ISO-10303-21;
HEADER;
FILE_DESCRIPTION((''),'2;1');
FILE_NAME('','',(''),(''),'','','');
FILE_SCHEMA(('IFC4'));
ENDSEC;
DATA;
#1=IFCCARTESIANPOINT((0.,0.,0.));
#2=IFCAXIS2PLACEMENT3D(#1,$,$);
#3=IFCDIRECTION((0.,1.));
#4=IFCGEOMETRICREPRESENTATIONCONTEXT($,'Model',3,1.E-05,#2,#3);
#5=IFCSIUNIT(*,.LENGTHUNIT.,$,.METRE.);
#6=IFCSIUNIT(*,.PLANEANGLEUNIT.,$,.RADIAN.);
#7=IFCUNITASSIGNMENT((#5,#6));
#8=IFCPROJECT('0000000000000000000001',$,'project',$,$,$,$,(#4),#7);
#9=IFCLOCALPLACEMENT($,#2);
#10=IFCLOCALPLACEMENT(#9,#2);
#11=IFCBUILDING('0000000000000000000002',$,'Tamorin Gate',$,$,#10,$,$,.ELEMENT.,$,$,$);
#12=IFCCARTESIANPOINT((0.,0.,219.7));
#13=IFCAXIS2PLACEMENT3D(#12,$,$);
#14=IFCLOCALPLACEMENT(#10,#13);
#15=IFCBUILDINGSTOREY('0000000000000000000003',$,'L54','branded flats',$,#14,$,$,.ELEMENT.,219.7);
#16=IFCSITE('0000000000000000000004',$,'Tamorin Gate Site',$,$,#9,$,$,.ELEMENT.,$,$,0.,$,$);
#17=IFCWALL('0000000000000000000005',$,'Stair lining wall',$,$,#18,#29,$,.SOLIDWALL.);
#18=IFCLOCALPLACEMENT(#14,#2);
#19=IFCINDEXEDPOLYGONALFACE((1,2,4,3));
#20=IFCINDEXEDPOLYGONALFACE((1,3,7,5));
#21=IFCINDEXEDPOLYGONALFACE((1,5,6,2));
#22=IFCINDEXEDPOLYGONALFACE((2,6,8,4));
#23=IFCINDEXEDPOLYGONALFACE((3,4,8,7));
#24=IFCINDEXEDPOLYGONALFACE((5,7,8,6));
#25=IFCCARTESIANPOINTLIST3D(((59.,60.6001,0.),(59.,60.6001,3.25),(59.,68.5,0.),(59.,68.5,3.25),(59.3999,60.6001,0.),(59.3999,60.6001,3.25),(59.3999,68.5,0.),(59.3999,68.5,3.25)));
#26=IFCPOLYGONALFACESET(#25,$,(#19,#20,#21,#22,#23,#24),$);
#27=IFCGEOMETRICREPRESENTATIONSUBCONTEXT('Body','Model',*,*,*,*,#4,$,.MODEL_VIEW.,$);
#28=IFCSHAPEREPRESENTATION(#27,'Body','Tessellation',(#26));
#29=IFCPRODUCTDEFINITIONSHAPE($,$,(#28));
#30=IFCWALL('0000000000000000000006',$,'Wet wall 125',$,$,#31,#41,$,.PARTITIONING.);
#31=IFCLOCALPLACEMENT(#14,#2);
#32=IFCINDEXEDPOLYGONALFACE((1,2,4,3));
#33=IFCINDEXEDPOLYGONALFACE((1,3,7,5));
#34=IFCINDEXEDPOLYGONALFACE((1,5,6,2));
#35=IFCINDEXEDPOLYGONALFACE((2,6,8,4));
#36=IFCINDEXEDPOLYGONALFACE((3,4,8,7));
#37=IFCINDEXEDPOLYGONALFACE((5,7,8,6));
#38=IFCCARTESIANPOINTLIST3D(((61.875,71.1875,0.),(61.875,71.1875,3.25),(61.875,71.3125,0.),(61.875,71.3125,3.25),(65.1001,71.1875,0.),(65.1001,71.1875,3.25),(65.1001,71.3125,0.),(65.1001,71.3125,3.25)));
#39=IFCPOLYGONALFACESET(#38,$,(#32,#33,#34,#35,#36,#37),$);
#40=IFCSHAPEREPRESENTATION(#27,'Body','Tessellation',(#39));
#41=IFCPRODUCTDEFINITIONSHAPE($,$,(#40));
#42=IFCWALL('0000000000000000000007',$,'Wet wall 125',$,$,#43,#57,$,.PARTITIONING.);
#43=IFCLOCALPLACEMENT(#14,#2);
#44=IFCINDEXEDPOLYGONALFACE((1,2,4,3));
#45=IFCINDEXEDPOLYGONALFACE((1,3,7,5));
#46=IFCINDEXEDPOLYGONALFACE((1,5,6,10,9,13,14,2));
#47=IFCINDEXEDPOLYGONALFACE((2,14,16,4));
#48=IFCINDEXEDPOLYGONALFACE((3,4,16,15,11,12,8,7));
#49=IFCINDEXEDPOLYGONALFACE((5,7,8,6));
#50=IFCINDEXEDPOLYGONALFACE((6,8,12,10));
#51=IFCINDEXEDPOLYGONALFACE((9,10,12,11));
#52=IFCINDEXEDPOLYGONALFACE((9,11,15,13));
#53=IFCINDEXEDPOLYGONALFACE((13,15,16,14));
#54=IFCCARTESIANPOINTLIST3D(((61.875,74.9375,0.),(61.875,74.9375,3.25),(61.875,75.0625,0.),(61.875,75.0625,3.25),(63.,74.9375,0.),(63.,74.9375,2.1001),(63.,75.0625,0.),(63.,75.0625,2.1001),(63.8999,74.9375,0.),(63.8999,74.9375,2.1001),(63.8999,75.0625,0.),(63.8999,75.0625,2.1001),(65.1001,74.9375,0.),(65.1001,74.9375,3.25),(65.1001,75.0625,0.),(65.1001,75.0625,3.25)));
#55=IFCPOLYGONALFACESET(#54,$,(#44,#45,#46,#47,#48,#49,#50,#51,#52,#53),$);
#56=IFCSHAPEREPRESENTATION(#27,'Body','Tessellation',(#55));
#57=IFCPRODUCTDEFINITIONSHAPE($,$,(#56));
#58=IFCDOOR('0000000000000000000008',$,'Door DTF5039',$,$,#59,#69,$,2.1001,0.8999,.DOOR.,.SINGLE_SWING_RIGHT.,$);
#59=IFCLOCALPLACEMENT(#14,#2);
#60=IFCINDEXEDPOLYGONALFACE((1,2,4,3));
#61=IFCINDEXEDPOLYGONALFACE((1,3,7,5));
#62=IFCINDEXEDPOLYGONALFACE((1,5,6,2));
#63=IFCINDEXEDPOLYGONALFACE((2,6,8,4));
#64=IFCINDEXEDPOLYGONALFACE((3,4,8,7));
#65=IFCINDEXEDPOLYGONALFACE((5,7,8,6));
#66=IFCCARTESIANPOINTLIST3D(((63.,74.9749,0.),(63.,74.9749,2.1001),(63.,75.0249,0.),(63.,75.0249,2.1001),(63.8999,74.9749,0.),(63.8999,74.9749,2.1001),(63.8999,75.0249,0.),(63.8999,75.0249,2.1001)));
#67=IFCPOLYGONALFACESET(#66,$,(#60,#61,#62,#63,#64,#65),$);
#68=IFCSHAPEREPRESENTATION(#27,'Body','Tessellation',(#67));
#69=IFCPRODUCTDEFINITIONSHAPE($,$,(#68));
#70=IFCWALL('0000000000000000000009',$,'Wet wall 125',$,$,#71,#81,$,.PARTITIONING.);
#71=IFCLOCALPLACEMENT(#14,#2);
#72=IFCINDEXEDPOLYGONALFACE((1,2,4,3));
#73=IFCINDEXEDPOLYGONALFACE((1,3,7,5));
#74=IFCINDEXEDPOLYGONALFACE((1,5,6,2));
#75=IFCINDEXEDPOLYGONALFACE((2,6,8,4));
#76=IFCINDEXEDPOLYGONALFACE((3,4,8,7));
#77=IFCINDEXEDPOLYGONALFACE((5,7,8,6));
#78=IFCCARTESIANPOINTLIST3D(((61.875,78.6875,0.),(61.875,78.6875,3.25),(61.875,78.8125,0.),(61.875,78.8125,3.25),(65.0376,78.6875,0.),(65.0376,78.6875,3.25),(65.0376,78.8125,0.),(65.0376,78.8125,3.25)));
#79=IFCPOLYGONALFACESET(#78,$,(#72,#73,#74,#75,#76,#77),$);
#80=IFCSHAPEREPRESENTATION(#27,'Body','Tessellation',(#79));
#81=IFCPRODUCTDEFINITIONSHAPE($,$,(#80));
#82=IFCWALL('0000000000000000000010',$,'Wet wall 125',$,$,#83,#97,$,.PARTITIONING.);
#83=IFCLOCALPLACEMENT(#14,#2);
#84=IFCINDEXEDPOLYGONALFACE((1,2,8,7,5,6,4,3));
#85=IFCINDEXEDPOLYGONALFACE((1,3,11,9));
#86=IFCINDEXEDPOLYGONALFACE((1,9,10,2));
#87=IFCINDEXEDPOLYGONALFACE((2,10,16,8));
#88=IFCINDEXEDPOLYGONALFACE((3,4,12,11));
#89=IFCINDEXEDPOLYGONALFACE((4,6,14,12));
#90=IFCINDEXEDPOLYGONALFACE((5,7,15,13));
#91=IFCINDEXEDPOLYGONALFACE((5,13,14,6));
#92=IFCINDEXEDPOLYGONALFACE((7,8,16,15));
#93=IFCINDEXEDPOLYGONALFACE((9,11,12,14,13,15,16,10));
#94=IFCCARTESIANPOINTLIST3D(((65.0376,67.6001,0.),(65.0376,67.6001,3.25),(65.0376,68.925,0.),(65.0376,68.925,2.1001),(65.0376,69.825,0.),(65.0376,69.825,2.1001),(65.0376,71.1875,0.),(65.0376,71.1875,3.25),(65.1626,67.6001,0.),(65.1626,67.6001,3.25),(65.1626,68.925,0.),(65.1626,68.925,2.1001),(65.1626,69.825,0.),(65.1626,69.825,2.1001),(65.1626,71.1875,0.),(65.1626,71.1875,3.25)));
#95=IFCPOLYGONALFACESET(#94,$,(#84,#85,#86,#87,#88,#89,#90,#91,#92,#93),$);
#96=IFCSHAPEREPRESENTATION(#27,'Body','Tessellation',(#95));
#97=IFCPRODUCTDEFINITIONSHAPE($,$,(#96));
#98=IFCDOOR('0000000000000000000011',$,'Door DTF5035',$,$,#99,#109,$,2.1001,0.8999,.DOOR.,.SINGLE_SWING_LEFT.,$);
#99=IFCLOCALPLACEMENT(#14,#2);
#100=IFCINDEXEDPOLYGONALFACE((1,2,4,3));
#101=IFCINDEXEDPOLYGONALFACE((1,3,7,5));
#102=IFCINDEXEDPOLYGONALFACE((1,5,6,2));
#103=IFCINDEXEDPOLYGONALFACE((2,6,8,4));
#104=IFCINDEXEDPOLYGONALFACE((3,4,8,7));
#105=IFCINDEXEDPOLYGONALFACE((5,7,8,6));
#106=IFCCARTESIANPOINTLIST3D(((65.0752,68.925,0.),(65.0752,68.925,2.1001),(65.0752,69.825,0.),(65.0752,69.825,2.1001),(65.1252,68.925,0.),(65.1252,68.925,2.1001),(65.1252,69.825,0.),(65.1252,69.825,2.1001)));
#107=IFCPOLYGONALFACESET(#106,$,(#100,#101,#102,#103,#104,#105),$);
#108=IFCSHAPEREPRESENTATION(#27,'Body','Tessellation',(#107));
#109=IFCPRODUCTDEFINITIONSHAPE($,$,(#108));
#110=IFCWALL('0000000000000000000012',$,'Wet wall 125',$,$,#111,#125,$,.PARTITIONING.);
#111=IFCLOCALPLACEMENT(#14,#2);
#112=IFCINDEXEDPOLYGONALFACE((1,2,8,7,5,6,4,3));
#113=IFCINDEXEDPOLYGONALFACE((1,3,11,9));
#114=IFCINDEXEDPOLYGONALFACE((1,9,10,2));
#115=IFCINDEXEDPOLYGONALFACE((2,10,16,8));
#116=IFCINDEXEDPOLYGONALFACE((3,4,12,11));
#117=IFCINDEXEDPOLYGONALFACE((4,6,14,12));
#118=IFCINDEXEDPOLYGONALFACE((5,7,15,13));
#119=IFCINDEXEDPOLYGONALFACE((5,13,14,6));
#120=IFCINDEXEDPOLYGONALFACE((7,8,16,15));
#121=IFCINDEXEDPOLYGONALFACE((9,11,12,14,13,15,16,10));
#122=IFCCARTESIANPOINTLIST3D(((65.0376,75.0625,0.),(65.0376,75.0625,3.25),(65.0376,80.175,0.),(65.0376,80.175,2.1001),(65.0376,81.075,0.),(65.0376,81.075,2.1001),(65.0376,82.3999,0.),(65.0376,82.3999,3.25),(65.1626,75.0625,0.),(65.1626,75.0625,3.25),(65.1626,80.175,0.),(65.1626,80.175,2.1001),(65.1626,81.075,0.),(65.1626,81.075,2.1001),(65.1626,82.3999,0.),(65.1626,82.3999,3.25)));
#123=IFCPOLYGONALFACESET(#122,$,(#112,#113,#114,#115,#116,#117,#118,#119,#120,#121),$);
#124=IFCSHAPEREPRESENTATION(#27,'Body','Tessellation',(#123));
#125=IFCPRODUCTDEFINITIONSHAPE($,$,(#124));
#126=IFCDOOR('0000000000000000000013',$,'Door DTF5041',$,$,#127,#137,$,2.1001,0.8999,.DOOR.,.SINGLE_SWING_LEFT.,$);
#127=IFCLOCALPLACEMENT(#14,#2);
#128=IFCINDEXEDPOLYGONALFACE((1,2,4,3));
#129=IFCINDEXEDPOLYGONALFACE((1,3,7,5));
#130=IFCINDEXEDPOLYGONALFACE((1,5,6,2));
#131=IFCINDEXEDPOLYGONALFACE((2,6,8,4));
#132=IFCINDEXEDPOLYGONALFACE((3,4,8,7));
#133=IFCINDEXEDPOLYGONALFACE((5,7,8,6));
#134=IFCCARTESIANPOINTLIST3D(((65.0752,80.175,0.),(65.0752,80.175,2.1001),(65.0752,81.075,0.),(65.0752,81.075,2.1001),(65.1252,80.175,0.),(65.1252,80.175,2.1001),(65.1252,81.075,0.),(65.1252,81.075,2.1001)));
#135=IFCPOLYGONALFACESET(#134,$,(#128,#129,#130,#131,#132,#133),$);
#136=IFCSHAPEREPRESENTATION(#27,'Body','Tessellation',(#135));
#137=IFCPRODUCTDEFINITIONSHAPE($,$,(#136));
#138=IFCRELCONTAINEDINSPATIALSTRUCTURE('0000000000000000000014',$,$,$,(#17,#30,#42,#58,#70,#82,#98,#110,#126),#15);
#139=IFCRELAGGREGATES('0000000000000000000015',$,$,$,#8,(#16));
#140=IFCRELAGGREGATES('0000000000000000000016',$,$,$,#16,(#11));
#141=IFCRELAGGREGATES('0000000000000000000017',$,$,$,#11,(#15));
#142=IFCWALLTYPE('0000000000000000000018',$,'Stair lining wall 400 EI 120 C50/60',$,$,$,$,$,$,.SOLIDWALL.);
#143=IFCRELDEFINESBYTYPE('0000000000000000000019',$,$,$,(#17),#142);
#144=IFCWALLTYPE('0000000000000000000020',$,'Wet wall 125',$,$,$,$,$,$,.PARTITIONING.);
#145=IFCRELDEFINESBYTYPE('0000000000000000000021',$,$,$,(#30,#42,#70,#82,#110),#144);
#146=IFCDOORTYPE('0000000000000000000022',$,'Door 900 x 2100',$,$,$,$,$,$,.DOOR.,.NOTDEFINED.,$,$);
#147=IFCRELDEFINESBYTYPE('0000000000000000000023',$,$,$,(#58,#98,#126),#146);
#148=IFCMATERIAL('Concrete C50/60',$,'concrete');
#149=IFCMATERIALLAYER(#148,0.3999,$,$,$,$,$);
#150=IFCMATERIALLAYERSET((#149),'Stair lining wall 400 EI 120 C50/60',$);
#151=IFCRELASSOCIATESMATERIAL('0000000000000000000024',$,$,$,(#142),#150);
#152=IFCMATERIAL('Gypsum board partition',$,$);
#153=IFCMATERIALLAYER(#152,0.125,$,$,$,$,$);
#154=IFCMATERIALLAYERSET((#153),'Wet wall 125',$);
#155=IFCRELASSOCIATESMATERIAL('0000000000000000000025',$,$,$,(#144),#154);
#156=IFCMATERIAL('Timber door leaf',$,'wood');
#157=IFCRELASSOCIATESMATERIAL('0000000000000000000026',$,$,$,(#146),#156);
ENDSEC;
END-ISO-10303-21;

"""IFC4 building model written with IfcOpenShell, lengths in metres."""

from ifc_helpers import new_model, si_unit, direction, frame, frame_2d, origin, place, context, subcontext, project, spatial, rectangle, extrude, material, layer, layer_set, type_object, element, fill, save


model = new_model("IFC4")

# Units and contexts
model_context = context("Model", 3, precision=1e-05, world=origin(), true_north=direction((0.0, 1.0)))
body_context = subcontext(model_context, "Body", "Model", "MODEL_VIEW")
ifc_project = project(units=[si_unit("LENGTHUNIT", "METRE"), si_unit("PLANEANGLEUNIT", "RADIAN")], contexts=[model_context])

# Site, building, storey
site_placement = place(None, origin())
site = spatial("IfcSite", under=ifc_project, at=site_placement, Name="Tamorin Gate Site", CompositionType="ELEMENT", RefElevation=0.0)
building_placement = place(site_placement, origin())
building = spatial("IfcBuilding", under=site, at=building_placement, Name="Tamorin Gate", CompositionType="ELEMENT")
storey_placement = place(building_placement, frame((0.0, 0.0, 219.7)))
storey = spatial("IfcBuildingStorey", under=building, at=storey_placement, Name="L54", Description="branded flats", CompositionType="ELEMENT", Elevation=219.7)

# Shared definitions
ifc_material_1 = material(Name="Concrete C50/60", Category="concrete")

# Shared definitions
ifc_material_2 = material(Name="Gypsum board partition")

# Walls
ifc_layer_1 = layer(ifc_material_1, 0.3999)
ifc_layer_set_1 = layer_set([ifc_layer_1], Name="Stair lining wall 400 EI 120 C50/60")
wall_type_1 = type_object("IfcWallType", Name="Stair lining wall 400 EI 120 C50/60", PredefinedType="SOLIDWALL", material=ifc_layer_set_1)
wall_1_placement = place(storey_placement, frame((59.2, 60.6001, 0.0), z_axis=(0.0, 0.0, 1.0), x_axis=(0.0, 1.0, 0.0)))
element("IfcWall", 1, at=wall_1_placement, inside=storey, type_object=wall_type_1, Name="Stair lining wall", PredefinedType="SOLIDWALL", context=body_context, shape_type="SweptSolid", body=[
    extrude(rectangle(XDim=7.8999, YDim=0.3999, at=frame_2d((3.95, 0.0))), origin(), (0.0, 0.0, 1.0), 3.25),
])
ifc_layer_2 = layer(ifc_material_2, 0.125)
ifc_layer_set_2 = layer_set([ifc_layer_2], Name="Wet wall 125")
wall_type_2 = type_object("IfcWallType", Name="Wet wall 125", PredefinedType="PARTITIONING", material=ifc_layer_set_2)
wall_2_placement = place(storey_placement, frame((61.875, 71.25, 0.0), z_axis=(0.0, 0.0, 1.0), x_axis=(1.0, 0.0, 0.0)))
element("IfcWall", 2, at=wall_2_placement, inside=storey, type_object=wall_type_2, Name="Wet wall 125", PredefinedType="PARTITIONING", context=body_context, shape_type="SweptSolid", body=[
    extrude(rectangle(XDim=3.2251, YDim=0.125, at=frame_2d((1.6125, 0.0))), origin(), (0.0, 0.0, 1.0), 3.25),
])

# Wall, opening, door
wall_3_placement = place(storey_placement, frame((61.875, 75.0, 0.0), z_axis=(0.0, 0.0, 1.0), x_axis=(1.0, 0.0, 0.0)))
wall_3 = element("IfcWall", 3, at=wall_3_placement, inside=storey, type_object=wall_type_2, Name="Wet wall 125", PredefinedType="PARTITIONING", context=body_context, shape_type="SweptSolid", body=[
    extrude(rectangle(XDim=3.2251, YDim=0.125, at=frame_2d((1.6125, 0.0))), origin(), (0.0, 0.0, 1.0), 3.25),
])
opening_1_placement = place(wall_3_placement, frame((1.125, 0.0, 0.0)))
opening_1 = element("IfcOpeningElement", 4, at=opening_1_placement, cuts=wall_3, PredefinedType="OPENING", context=body_context, shape_type="SweptSolid", body=[
    extrude(rectangle(XDim=0.8999, YDim=2.1001, at=frame_2d((0.45, 1.05))), frame((0.0, 0.0725, 0.0), z_axis=(0.0, -1.0, 0.0), x_axis=(1.0, 0.0, 0.0)), (0.0, 0.0, 1.0), 0.145),
])
ifc_material_3 = material(Name="Timber door leaf", Category="wood")
door_type_1 = type_object("IfcDoorType", Name="Door 900 x 2100", OperationType="NOTDEFINED", PredefinedType="DOOR", material=ifc_material_3)
door_1_placement = place(opening_1_placement, origin())
door_1 = element("IfcDoor", 5, at=door_1_placement, inside=storey, type_object=door_type_1, Name="Door DTF5039", OperationType="SINGLE_SWING_RIGHT", OverallHeight=2.1001, OverallWidth=0.8999, PredefinedType="DOOR", context=body_context, shape_type="SweptSolid", body=[
    extrude(rectangle(XDim=0.8999, YDim=2.1001, at=frame_2d((0.45, 1.05))), frame((0.0, 0.0249, 0.0), z_axis=(0.0, -1.0, 0.0), x_axis=(1.0, 0.0, 0.0)), (0.0, 0.0, 1.0), 0.05),
])
fill(opening_1, door_1)

# Wall
wall_4_placement = place(storey_placement, frame((61.875, 78.75, 0.0), z_axis=(0.0, 0.0, 1.0), x_axis=(1.0, 0.0, 0.0)))
element("IfcWall", 6, at=wall_4_placement, inside=storey, type_object=wall_type_2, Name="Wet wall 125", PredefinedType="PARTITIONING", context=body_context, shape_type="SweptSolid", body=[
    extrude(rectangle(XDim=3.1626, YDim=0.125, at=frame_2d((1.5813, 0.0))), origin(), (0.0, 0.0, 1.0), 3.25),
])

# Walls, openings, doors
wall_5_placement = place(storey_placement, frame((65.1001, 67.6001, 0.0), z_axis=(0.0, 0.0, 1.0), x_axis=(0.0, 1.0, 0.0)))
wall_5 = element("IfcWall", 7, at=wall_5_placement, inside=storey, type_object=wall_type_2, Name="Wet wall 125", PredefinedType="PARTITIONING", context=body_context, shape_type="SweptSolid", body=[
    extrude(rectangle(XDim=3.5874, YDim=0.125, at=frame_2d((1.7937, 0.0))), origin(), (0.0, 0.0, 1.0), 3.25),
])
opening_2_placement = place(wall_5_placement, frame((1.325, 0.0, 0.0)))
opening_2 = element("IfcOpeningElement", 8, at=opening_2_placement, cuts=wall_5, PredefinedType="OPENING", context=body_context, shape_type="SweptSolid", body=[
    extrude(rectangle(XDim=0.8999, YDim=2.1001, at=frame_2d((0.45, 1.05))), frame((0.0, 0.0725, 0.0), z_axis=(0.0, -1.0, 0.0), x_axis=(1.0, 0.0, 0.0)), (0.0, 0.0, 1.0), 0.145),
])
door_2_placement = place(opening_2_placement, origin())
door_2 = element("IfcDoor", 9, at=door_2_placement, inside=storey, type_object=door_type_1, Name="Door DTF5035", OperationType="SINGLE_SWING_LEFT", OverallHeight=2.1001, OverallWidth=0.8999, PredefinedType="DOOR", context=body_context, shape_type="SweptSolid", body=[
    extrude(rectangle(XDim=0.8999, YDim=2.1001, at=frame_2d((0.45, 1.05))), frame((0.0, 0.0249, 0.0), z_axis=(0.0, -1.0, 0.0), x_axis=(1.0, 0.0, 0.0)), (0.0, 0.0, 1.0), 0.05),
])
fill(opening_2, door_2)
wall_6_placement = place(storey_placement, frame((65.1001, 75.0625, 0.0), z_axis=(0.0, 0.0, 1.0), x_axis=(0.0, 1.0, 0.0)))
wall_6 = element("IfcWall", 10, at=wall_6_placement, inside=storey, type_object=wall_type_2, Name="Wet wall 125", PredefinedType="PARTITIONING", context=body_context, shape_type="SweptSolid", body=[
    extrude(rectangle(XDim=7.3374, YDim=0.125, at=frame_2d((3.6687, 0.0))), origin(), (0.0, 0.0, 1.0), 3.25),
])
opening_3_placement = place(wall_6_placement, frame((5.1125, 0.0, 0.0)))
opening_3 = element("IfcOpeningElement", 11, at=opening_3_placement, cuts=wall_6, PredefinedType="OPENING", context=body_context, shape_type="SweptSolid", body=[
    extrude(rectangle(XDim=0.8999, YDim=2.1001, at=frame_2d((0.45, 1.05))), frame((0.0, 0.0725, 0.0), z_axis=(0.0, -1.0, 0.0), x_axis=(1.0, 0.0, 0.0)), (0.0, 0.0, 1.0), 0.145),
])
door_3_placement = place(opening_3_placement, origin())
door_3 = element("IfcDoor", 12, at=door_3_placement, inside=storey, type_object=door_type_1, Name="Door DTF5041", OperationType="SINGLE_SWING_LEFT", OverallHeight=2.1001, OverallWidth=0.8999, PredefinedType="DOOR", context=body_context, shape_type="SweptSolid", body=[
    extrude(rectangle(XDim=0.8999, YDim=2.1001, at=frame_2d((0.45, 1.05))), frame((0.0, 0.0249, 0.0), z_axis=(0.0, -1.0, 0.0), x_axis=(1.0, 0.0, 0.0)), (0.0, 0.0, 1.0), 0.05),
])
fill(opening_3, door_3)

save(model, "model.ifc")
